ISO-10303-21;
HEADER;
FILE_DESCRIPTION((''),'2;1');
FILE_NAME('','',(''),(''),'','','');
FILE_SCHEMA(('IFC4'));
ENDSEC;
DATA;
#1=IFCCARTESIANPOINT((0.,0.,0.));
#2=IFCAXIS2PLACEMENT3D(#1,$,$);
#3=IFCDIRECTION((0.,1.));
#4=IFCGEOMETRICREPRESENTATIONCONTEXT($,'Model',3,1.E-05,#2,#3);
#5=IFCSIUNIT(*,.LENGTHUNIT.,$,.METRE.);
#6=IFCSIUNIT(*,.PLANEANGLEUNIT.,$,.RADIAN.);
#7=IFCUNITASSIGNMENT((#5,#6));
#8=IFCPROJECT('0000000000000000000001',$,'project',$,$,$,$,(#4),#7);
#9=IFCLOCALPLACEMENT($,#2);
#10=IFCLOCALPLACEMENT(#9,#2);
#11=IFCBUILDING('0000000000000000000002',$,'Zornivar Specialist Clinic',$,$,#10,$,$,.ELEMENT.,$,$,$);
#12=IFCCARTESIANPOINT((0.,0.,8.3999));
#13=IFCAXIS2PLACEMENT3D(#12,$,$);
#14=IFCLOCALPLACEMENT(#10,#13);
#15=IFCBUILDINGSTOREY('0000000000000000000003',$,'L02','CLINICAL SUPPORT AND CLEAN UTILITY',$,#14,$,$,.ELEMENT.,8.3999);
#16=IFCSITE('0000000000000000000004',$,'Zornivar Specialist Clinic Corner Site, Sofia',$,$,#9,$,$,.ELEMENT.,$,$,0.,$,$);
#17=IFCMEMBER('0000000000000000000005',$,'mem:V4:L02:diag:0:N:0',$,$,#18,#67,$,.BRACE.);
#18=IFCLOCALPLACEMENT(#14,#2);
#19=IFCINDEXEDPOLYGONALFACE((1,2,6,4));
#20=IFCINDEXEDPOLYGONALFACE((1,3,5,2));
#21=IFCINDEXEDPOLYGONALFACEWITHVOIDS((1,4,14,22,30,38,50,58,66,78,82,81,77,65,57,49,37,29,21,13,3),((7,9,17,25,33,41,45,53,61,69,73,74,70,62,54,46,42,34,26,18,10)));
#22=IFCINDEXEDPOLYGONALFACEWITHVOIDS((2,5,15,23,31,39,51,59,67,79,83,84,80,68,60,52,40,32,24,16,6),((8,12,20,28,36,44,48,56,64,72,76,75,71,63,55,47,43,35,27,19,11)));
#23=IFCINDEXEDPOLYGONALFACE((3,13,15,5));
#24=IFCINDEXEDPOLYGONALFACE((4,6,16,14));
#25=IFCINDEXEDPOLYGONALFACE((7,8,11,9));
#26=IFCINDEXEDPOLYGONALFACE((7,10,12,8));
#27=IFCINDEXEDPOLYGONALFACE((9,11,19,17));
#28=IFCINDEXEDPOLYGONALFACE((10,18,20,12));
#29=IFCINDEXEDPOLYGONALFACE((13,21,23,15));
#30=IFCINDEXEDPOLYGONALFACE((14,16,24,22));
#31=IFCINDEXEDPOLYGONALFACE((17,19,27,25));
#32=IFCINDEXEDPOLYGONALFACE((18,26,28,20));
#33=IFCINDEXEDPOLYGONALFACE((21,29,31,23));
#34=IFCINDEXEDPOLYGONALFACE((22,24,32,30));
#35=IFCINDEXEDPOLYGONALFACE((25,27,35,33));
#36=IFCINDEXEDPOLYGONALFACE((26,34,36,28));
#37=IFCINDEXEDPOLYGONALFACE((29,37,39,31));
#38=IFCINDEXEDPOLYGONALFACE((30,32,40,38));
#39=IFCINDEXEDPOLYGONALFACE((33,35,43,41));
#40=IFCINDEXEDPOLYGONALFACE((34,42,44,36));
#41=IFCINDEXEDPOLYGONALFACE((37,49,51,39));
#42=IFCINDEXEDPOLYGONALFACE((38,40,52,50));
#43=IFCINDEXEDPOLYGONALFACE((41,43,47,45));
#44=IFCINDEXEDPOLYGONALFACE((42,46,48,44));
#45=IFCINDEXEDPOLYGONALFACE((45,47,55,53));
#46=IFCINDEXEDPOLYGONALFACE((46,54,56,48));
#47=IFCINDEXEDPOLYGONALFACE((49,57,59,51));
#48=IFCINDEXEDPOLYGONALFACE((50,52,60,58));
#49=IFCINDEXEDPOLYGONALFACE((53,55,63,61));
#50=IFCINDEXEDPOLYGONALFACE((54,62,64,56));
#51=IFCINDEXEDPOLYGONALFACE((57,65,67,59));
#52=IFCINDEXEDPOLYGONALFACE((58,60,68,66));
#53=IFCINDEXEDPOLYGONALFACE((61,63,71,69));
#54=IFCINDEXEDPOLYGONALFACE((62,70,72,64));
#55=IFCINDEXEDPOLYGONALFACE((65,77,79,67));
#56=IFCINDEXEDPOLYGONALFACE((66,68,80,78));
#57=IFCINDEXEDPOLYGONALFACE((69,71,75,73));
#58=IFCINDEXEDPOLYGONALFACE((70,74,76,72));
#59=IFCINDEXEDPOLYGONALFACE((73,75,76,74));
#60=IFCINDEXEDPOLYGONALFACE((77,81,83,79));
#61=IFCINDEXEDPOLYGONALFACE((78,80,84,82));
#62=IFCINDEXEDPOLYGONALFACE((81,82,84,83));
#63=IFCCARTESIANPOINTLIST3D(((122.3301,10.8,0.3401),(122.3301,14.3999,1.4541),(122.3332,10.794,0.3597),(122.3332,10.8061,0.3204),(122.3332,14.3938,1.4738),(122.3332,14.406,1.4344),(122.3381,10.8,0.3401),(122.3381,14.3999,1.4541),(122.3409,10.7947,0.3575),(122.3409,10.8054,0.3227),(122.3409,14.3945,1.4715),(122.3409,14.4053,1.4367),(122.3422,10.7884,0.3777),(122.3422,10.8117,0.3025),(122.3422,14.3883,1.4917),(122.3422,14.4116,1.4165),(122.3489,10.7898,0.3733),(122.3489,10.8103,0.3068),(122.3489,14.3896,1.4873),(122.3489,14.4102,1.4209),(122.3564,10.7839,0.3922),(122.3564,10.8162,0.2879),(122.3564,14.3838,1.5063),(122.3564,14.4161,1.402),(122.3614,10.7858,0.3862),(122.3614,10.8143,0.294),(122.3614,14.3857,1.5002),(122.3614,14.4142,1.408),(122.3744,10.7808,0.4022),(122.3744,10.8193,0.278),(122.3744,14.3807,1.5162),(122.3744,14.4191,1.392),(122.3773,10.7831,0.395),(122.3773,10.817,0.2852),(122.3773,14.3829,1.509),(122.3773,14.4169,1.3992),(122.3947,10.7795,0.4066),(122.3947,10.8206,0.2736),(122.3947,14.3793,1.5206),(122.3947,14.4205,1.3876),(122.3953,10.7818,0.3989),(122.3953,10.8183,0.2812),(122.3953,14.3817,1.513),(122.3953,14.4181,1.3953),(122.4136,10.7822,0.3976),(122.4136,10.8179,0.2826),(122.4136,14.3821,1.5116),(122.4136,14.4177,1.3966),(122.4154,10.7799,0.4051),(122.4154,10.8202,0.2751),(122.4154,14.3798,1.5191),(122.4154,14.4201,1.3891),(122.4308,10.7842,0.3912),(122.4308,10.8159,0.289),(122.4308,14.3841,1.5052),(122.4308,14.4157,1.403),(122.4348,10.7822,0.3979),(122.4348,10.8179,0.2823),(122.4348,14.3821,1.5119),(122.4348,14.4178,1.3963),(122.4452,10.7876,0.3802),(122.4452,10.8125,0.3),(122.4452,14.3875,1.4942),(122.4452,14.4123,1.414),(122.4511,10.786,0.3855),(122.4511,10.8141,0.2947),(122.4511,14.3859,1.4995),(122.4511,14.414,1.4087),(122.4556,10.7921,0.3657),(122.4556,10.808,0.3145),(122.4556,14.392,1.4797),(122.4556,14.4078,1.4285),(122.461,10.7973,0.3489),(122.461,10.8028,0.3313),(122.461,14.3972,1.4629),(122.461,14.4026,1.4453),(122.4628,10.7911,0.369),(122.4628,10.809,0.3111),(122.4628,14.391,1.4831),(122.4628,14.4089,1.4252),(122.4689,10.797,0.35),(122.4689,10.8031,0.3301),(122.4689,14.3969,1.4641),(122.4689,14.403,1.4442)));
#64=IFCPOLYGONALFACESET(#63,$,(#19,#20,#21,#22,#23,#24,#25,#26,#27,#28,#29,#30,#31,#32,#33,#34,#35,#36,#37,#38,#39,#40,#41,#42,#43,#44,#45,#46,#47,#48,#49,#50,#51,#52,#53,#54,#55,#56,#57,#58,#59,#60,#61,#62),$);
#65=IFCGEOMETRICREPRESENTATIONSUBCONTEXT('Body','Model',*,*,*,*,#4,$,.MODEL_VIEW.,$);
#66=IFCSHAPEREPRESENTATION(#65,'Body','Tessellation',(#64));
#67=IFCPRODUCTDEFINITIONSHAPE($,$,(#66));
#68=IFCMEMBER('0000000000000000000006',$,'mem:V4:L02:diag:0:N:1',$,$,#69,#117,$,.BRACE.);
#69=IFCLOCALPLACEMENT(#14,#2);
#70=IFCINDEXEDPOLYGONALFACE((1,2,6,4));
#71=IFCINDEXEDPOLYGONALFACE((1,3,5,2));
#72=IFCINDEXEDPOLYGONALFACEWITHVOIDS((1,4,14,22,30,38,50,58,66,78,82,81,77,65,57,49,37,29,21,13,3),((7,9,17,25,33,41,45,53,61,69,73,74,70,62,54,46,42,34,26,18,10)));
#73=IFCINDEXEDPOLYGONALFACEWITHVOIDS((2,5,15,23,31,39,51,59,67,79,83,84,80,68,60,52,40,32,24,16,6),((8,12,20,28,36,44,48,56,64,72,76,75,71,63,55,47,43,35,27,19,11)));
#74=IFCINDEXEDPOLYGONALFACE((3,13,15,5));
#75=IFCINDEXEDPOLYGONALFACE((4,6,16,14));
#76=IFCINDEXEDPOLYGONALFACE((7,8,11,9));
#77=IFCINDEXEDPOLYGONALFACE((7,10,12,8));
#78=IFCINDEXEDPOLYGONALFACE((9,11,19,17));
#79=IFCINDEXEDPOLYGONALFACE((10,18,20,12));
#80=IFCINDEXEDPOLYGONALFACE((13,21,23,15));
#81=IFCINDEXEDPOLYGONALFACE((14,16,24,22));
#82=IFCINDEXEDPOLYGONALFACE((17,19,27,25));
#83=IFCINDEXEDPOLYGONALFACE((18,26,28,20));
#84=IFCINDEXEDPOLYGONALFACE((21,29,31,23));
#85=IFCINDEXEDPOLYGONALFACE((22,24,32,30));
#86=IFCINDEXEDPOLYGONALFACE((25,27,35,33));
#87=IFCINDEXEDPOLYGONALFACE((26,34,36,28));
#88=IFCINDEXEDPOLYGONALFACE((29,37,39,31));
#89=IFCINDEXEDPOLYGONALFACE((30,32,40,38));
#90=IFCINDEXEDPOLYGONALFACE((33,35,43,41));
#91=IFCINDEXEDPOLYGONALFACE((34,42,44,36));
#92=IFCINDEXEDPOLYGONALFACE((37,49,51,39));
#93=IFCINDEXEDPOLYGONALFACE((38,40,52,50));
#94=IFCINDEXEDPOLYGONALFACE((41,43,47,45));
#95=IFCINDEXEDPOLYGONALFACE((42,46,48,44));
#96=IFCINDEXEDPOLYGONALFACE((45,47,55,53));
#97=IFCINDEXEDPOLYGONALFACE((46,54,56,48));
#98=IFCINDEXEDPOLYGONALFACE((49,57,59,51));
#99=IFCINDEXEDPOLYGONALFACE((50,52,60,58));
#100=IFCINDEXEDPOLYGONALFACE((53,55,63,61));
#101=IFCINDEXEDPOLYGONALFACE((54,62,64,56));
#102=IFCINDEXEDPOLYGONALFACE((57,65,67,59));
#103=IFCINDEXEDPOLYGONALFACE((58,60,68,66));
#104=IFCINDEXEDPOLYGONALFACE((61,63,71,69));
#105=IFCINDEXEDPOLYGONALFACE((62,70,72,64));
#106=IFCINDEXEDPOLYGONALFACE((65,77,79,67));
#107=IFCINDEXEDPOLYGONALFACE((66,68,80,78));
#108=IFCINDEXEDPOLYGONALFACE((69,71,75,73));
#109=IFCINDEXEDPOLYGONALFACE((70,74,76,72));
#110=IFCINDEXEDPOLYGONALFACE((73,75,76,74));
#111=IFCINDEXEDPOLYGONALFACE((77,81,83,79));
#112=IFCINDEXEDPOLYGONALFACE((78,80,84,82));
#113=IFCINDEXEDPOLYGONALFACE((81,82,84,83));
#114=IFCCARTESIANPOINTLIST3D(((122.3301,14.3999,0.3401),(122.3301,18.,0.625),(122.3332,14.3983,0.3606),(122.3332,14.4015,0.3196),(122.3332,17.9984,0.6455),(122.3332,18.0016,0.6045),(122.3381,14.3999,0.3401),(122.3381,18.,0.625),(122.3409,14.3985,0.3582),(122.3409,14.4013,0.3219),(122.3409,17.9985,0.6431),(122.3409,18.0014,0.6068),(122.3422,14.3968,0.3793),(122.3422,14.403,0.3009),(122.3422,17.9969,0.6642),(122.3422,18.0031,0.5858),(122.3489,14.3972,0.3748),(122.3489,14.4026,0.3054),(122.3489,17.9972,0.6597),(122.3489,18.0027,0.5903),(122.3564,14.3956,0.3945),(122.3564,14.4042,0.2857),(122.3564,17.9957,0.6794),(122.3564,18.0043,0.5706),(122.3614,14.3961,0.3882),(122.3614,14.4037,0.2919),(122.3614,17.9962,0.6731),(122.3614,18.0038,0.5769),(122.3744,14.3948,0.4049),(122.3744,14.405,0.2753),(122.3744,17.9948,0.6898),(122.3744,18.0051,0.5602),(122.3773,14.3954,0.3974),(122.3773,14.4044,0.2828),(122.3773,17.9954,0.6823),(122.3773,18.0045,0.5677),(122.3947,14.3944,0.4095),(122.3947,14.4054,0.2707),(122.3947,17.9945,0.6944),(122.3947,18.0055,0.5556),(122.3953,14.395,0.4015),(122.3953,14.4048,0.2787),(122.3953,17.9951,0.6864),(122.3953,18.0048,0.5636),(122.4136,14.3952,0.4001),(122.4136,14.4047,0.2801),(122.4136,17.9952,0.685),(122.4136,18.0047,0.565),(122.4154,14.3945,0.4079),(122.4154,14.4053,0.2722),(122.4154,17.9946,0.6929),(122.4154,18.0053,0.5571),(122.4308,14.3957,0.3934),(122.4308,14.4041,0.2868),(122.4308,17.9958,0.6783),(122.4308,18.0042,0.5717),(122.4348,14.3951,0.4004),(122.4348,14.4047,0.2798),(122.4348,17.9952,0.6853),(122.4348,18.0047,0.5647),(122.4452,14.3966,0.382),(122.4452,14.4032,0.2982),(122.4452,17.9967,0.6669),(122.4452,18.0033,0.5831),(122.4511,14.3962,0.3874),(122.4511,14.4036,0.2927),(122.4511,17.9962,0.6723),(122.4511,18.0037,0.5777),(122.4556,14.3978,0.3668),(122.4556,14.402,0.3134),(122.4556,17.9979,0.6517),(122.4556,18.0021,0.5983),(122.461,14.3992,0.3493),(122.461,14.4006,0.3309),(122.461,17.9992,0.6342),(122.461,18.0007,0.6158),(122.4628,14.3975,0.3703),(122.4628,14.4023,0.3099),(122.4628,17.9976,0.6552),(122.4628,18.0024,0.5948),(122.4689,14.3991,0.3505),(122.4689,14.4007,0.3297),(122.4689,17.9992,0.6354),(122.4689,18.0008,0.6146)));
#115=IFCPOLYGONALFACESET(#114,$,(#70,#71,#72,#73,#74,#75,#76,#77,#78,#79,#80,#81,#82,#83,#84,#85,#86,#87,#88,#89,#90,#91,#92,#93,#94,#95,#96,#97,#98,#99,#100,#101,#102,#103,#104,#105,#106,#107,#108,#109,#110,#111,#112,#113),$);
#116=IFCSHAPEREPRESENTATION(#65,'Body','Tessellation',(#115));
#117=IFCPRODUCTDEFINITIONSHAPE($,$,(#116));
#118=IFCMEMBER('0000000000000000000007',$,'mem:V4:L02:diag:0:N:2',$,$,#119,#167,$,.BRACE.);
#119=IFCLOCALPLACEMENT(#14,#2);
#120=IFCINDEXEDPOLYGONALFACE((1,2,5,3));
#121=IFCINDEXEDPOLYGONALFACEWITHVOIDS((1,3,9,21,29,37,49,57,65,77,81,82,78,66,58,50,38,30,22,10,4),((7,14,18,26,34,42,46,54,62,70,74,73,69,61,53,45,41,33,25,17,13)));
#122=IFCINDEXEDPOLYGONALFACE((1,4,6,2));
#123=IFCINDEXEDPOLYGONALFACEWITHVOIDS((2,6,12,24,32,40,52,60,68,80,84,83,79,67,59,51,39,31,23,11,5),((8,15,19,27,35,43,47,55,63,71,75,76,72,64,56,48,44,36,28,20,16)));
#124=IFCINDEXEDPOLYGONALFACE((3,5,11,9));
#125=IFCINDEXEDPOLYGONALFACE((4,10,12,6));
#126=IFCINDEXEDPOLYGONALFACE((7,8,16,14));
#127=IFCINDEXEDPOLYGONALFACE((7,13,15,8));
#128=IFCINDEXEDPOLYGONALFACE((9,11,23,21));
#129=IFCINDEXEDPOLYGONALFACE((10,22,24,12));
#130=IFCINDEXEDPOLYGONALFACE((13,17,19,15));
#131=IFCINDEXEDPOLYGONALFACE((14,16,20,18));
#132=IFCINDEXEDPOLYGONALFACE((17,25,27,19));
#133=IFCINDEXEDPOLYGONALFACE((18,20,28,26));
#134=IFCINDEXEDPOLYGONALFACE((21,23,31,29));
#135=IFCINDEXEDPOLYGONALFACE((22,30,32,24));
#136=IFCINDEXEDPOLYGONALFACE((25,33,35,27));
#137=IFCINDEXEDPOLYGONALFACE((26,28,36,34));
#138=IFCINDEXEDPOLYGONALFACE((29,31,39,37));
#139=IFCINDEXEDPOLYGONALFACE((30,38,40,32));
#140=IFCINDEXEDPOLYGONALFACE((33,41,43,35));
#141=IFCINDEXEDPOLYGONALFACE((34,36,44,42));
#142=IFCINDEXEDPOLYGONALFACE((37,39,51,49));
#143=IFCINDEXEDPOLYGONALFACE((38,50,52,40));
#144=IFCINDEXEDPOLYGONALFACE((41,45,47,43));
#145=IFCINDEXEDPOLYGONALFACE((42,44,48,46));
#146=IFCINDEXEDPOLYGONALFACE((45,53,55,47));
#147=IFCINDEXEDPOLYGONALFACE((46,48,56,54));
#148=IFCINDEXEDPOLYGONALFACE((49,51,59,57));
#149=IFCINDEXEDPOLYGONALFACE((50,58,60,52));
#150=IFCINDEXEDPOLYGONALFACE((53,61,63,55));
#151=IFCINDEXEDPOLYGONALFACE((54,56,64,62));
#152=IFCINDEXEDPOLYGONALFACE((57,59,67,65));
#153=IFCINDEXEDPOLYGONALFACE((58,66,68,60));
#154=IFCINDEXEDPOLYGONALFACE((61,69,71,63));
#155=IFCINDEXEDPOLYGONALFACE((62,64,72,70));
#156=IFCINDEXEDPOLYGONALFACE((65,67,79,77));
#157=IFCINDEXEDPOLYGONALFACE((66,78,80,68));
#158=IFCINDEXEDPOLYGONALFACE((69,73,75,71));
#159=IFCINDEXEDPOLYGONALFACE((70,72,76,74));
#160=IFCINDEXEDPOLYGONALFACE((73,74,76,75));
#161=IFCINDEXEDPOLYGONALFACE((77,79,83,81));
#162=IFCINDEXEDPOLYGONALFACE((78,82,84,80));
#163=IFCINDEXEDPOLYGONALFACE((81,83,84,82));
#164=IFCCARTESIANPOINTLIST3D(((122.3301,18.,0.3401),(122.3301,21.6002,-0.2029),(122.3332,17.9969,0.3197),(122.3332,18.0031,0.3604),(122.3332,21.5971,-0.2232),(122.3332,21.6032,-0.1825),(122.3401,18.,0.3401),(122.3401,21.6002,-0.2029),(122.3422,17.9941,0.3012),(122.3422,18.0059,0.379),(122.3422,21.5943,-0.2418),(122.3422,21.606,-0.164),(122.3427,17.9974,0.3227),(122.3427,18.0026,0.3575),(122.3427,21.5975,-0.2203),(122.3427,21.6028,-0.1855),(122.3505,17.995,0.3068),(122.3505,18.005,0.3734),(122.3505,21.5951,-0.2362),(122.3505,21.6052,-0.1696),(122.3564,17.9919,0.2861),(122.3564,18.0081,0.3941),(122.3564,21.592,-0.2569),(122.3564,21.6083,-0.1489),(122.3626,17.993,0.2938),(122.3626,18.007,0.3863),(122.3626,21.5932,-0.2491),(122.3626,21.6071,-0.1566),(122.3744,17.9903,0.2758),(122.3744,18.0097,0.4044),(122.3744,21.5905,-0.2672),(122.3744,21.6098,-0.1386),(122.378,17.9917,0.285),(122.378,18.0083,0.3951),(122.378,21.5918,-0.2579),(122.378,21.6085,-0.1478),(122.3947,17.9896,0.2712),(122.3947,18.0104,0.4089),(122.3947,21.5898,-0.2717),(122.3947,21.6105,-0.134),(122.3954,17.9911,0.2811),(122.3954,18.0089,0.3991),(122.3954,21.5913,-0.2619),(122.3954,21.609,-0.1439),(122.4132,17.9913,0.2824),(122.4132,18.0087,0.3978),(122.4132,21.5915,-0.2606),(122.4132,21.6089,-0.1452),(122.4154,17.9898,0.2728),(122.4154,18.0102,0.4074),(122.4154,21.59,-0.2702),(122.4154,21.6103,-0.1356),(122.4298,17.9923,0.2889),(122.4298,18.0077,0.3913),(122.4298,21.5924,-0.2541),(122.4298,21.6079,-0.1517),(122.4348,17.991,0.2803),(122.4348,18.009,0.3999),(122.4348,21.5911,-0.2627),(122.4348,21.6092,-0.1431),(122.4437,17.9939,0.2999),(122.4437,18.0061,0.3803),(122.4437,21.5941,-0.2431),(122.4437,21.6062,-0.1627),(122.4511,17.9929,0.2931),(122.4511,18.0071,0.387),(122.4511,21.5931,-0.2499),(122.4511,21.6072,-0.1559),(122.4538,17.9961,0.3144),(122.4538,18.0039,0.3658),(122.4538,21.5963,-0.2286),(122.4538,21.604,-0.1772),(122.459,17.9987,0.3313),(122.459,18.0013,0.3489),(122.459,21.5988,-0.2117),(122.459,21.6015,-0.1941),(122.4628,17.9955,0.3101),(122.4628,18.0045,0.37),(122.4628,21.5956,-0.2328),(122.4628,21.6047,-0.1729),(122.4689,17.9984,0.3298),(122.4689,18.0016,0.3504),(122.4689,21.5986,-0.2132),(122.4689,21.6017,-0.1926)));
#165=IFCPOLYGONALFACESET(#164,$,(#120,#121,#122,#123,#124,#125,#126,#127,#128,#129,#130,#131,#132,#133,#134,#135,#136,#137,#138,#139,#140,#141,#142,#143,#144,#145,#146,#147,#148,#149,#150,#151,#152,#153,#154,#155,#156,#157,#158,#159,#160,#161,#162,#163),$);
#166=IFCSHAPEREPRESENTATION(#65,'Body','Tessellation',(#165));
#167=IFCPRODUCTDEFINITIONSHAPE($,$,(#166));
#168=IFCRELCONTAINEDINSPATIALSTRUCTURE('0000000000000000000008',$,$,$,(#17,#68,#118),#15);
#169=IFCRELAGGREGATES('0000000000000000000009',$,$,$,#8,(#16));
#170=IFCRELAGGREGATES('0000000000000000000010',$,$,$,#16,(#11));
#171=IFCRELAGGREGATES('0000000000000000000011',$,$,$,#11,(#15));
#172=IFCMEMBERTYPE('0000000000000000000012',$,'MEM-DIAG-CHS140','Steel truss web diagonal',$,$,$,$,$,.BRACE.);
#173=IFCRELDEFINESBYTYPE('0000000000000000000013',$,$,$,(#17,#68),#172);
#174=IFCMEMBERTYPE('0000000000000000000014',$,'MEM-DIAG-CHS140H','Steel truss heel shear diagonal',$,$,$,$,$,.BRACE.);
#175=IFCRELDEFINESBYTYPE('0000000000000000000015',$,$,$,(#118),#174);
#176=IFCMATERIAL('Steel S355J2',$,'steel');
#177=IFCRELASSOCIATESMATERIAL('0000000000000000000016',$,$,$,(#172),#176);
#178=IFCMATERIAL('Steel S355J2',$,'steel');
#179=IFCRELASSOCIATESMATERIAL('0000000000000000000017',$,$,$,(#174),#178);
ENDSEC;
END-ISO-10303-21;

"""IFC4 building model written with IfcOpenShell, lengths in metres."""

from ifc_helpers import new_model, si_unit, direction, frame, origin, origin_2d, place, context, subcontext, project, spatial, hollow_circle, extrude, material, material_profile, profile_set, type_object, element, save


model = new_model("IFC4")

# Units and contexts
model_context = context("Model", 3, precision=1e-05, world=origin(), true_north=direction((0.0, 1.0)))
body_context = subcontext(model_context, "Body", "Model", "MODEL_VIEW")
ifc_project = project(units=[si_unit("LENGTHUNIT", "METRE"), si_unit("PLANEANGLEUNIT", "RADIAN")], contexts=[model_context])

# Site, building, storey
site_placement = place(None, origin())
site = spatial("IfcSite", under=ifc_project, at=site_placement, Name="Zornivar Specialist Clinic Corner Site, Sofia", CompositionType="ELEMENT", RefElevation=0.0)
building_placement = place(site_placement, origin())
building = spatial("IfcBuilding", under=site, at=building_placement, Name="Zornivar Specialist Clinic", CompositionType="ELEMENT")
storey_placement = place(building_placement, frame((0.0, 0.0, 8.3999)))
storey = spatial("IfcBuildingStorey", under=building, at=storey_placement, Name="L02", Description="CLINICAL SUPPORT AND CLEAN UTILITY", CompositionType="ELEMENT", Elevation=8.3999)

# Members
ifc_material_1 = material(Name="Steel S355J2", Category="steel")
ifc_material_profile_1 = material_profile(ifc_material_1, hollow_circle(Radius=0.0698, WallThickness=0.0081, at=origin_2d()), Name="CHS 139.7x8")
ifc_profile_set_1 = profile_set([ifc_material_profile_1], Name="Steel S355J2")
member_type_1 = type_object("IfcMemberType", Name="MEM-DIAG-CHS140", Description="Steel truss web diagonal", PredefinedType="BRACE", material=ifc_profile_set_1)
member_1_placement = place(storey_placement, frame((122.3999, 10.8, 0.3401), z_axis=(0.0, 0.955303, 0.295629), x_axis=(-1.0, 0.0, 0.0)))
element("IfcMember", 1, at=member_1_placement, inside=storey, type_object=member_type_1, Name="mem:V4:L02:diag:0:N:0", PredefinedType="BRACE", context=body_context, shape_type="SweptSolid", body=[
    extrude(hollow_circle(Radius=0.0698, WallThickness=0.0081, at=origin_2d()), origin(), (0.0, 0.0, 1.0), 3.7683),
])
member_2_placement = place(storey_placement, frame((122.3999, 14.3999, 0.3401), z_axis=(0.0, 0.996883, 0.078893), x_axis=(-1.0, 0.0, 0.0)))
element("IfcMember", 2, at=member_2_placement, inside=storey, type_object=member_type_1, Name="mem:V4:L02:diag:0:N:1", PredefinedType="BRACE", context=body_context, shape_type="SweptSolid", body=[
    extrude(hollow_circle(Radius=0.0698, WallThickness=0.0081, at=origin_2d()), origin(), (0.0, 0.0, 1.0), 3.6113),
])
ifc_material_2 = material(Name="Steel S355J2", Category="steel")
ifc_material_profile_2 = material_profile(ifc_material_2, hollow_circle(Radius=0.0698, WallThickness=0.01, at=origin_2d()), Name="CHS 139.7x10")
ifc_profile_set_2 = profile_set([ifc_material_profile_2], Name="Steel S355J2")
member_type_2 = type_object("IfcMemberType", Name="MEM-DIAG-CHS140H", Description="Steel truss heel shear diagonal", PredefinedType="BRACE", material=ifc_profile_set_2)
member_3_placement = place(storey_placement, frame((122.3999, 18.0, 0.3401), z_axis=(0.0, 0.988817, -0.149134), x_axis=(-1.0, 0.0, 0.0)))
element("IfcMember", 3, at=member_3_placement, inside=storey, type_object=member_type_2, Name="mem:V4:L02:diag:0:N:2", PredefinedType="BRACE", context=body_context, shape_type="SweptSolid", body=[
    extrude(hollow_circle(Radius=0.0698, WallThickness=0.01, at=origin_2d()), origin(), (0.0, 0.0, 1.0), 3.6409),
])

save(model, "model.ifc")
